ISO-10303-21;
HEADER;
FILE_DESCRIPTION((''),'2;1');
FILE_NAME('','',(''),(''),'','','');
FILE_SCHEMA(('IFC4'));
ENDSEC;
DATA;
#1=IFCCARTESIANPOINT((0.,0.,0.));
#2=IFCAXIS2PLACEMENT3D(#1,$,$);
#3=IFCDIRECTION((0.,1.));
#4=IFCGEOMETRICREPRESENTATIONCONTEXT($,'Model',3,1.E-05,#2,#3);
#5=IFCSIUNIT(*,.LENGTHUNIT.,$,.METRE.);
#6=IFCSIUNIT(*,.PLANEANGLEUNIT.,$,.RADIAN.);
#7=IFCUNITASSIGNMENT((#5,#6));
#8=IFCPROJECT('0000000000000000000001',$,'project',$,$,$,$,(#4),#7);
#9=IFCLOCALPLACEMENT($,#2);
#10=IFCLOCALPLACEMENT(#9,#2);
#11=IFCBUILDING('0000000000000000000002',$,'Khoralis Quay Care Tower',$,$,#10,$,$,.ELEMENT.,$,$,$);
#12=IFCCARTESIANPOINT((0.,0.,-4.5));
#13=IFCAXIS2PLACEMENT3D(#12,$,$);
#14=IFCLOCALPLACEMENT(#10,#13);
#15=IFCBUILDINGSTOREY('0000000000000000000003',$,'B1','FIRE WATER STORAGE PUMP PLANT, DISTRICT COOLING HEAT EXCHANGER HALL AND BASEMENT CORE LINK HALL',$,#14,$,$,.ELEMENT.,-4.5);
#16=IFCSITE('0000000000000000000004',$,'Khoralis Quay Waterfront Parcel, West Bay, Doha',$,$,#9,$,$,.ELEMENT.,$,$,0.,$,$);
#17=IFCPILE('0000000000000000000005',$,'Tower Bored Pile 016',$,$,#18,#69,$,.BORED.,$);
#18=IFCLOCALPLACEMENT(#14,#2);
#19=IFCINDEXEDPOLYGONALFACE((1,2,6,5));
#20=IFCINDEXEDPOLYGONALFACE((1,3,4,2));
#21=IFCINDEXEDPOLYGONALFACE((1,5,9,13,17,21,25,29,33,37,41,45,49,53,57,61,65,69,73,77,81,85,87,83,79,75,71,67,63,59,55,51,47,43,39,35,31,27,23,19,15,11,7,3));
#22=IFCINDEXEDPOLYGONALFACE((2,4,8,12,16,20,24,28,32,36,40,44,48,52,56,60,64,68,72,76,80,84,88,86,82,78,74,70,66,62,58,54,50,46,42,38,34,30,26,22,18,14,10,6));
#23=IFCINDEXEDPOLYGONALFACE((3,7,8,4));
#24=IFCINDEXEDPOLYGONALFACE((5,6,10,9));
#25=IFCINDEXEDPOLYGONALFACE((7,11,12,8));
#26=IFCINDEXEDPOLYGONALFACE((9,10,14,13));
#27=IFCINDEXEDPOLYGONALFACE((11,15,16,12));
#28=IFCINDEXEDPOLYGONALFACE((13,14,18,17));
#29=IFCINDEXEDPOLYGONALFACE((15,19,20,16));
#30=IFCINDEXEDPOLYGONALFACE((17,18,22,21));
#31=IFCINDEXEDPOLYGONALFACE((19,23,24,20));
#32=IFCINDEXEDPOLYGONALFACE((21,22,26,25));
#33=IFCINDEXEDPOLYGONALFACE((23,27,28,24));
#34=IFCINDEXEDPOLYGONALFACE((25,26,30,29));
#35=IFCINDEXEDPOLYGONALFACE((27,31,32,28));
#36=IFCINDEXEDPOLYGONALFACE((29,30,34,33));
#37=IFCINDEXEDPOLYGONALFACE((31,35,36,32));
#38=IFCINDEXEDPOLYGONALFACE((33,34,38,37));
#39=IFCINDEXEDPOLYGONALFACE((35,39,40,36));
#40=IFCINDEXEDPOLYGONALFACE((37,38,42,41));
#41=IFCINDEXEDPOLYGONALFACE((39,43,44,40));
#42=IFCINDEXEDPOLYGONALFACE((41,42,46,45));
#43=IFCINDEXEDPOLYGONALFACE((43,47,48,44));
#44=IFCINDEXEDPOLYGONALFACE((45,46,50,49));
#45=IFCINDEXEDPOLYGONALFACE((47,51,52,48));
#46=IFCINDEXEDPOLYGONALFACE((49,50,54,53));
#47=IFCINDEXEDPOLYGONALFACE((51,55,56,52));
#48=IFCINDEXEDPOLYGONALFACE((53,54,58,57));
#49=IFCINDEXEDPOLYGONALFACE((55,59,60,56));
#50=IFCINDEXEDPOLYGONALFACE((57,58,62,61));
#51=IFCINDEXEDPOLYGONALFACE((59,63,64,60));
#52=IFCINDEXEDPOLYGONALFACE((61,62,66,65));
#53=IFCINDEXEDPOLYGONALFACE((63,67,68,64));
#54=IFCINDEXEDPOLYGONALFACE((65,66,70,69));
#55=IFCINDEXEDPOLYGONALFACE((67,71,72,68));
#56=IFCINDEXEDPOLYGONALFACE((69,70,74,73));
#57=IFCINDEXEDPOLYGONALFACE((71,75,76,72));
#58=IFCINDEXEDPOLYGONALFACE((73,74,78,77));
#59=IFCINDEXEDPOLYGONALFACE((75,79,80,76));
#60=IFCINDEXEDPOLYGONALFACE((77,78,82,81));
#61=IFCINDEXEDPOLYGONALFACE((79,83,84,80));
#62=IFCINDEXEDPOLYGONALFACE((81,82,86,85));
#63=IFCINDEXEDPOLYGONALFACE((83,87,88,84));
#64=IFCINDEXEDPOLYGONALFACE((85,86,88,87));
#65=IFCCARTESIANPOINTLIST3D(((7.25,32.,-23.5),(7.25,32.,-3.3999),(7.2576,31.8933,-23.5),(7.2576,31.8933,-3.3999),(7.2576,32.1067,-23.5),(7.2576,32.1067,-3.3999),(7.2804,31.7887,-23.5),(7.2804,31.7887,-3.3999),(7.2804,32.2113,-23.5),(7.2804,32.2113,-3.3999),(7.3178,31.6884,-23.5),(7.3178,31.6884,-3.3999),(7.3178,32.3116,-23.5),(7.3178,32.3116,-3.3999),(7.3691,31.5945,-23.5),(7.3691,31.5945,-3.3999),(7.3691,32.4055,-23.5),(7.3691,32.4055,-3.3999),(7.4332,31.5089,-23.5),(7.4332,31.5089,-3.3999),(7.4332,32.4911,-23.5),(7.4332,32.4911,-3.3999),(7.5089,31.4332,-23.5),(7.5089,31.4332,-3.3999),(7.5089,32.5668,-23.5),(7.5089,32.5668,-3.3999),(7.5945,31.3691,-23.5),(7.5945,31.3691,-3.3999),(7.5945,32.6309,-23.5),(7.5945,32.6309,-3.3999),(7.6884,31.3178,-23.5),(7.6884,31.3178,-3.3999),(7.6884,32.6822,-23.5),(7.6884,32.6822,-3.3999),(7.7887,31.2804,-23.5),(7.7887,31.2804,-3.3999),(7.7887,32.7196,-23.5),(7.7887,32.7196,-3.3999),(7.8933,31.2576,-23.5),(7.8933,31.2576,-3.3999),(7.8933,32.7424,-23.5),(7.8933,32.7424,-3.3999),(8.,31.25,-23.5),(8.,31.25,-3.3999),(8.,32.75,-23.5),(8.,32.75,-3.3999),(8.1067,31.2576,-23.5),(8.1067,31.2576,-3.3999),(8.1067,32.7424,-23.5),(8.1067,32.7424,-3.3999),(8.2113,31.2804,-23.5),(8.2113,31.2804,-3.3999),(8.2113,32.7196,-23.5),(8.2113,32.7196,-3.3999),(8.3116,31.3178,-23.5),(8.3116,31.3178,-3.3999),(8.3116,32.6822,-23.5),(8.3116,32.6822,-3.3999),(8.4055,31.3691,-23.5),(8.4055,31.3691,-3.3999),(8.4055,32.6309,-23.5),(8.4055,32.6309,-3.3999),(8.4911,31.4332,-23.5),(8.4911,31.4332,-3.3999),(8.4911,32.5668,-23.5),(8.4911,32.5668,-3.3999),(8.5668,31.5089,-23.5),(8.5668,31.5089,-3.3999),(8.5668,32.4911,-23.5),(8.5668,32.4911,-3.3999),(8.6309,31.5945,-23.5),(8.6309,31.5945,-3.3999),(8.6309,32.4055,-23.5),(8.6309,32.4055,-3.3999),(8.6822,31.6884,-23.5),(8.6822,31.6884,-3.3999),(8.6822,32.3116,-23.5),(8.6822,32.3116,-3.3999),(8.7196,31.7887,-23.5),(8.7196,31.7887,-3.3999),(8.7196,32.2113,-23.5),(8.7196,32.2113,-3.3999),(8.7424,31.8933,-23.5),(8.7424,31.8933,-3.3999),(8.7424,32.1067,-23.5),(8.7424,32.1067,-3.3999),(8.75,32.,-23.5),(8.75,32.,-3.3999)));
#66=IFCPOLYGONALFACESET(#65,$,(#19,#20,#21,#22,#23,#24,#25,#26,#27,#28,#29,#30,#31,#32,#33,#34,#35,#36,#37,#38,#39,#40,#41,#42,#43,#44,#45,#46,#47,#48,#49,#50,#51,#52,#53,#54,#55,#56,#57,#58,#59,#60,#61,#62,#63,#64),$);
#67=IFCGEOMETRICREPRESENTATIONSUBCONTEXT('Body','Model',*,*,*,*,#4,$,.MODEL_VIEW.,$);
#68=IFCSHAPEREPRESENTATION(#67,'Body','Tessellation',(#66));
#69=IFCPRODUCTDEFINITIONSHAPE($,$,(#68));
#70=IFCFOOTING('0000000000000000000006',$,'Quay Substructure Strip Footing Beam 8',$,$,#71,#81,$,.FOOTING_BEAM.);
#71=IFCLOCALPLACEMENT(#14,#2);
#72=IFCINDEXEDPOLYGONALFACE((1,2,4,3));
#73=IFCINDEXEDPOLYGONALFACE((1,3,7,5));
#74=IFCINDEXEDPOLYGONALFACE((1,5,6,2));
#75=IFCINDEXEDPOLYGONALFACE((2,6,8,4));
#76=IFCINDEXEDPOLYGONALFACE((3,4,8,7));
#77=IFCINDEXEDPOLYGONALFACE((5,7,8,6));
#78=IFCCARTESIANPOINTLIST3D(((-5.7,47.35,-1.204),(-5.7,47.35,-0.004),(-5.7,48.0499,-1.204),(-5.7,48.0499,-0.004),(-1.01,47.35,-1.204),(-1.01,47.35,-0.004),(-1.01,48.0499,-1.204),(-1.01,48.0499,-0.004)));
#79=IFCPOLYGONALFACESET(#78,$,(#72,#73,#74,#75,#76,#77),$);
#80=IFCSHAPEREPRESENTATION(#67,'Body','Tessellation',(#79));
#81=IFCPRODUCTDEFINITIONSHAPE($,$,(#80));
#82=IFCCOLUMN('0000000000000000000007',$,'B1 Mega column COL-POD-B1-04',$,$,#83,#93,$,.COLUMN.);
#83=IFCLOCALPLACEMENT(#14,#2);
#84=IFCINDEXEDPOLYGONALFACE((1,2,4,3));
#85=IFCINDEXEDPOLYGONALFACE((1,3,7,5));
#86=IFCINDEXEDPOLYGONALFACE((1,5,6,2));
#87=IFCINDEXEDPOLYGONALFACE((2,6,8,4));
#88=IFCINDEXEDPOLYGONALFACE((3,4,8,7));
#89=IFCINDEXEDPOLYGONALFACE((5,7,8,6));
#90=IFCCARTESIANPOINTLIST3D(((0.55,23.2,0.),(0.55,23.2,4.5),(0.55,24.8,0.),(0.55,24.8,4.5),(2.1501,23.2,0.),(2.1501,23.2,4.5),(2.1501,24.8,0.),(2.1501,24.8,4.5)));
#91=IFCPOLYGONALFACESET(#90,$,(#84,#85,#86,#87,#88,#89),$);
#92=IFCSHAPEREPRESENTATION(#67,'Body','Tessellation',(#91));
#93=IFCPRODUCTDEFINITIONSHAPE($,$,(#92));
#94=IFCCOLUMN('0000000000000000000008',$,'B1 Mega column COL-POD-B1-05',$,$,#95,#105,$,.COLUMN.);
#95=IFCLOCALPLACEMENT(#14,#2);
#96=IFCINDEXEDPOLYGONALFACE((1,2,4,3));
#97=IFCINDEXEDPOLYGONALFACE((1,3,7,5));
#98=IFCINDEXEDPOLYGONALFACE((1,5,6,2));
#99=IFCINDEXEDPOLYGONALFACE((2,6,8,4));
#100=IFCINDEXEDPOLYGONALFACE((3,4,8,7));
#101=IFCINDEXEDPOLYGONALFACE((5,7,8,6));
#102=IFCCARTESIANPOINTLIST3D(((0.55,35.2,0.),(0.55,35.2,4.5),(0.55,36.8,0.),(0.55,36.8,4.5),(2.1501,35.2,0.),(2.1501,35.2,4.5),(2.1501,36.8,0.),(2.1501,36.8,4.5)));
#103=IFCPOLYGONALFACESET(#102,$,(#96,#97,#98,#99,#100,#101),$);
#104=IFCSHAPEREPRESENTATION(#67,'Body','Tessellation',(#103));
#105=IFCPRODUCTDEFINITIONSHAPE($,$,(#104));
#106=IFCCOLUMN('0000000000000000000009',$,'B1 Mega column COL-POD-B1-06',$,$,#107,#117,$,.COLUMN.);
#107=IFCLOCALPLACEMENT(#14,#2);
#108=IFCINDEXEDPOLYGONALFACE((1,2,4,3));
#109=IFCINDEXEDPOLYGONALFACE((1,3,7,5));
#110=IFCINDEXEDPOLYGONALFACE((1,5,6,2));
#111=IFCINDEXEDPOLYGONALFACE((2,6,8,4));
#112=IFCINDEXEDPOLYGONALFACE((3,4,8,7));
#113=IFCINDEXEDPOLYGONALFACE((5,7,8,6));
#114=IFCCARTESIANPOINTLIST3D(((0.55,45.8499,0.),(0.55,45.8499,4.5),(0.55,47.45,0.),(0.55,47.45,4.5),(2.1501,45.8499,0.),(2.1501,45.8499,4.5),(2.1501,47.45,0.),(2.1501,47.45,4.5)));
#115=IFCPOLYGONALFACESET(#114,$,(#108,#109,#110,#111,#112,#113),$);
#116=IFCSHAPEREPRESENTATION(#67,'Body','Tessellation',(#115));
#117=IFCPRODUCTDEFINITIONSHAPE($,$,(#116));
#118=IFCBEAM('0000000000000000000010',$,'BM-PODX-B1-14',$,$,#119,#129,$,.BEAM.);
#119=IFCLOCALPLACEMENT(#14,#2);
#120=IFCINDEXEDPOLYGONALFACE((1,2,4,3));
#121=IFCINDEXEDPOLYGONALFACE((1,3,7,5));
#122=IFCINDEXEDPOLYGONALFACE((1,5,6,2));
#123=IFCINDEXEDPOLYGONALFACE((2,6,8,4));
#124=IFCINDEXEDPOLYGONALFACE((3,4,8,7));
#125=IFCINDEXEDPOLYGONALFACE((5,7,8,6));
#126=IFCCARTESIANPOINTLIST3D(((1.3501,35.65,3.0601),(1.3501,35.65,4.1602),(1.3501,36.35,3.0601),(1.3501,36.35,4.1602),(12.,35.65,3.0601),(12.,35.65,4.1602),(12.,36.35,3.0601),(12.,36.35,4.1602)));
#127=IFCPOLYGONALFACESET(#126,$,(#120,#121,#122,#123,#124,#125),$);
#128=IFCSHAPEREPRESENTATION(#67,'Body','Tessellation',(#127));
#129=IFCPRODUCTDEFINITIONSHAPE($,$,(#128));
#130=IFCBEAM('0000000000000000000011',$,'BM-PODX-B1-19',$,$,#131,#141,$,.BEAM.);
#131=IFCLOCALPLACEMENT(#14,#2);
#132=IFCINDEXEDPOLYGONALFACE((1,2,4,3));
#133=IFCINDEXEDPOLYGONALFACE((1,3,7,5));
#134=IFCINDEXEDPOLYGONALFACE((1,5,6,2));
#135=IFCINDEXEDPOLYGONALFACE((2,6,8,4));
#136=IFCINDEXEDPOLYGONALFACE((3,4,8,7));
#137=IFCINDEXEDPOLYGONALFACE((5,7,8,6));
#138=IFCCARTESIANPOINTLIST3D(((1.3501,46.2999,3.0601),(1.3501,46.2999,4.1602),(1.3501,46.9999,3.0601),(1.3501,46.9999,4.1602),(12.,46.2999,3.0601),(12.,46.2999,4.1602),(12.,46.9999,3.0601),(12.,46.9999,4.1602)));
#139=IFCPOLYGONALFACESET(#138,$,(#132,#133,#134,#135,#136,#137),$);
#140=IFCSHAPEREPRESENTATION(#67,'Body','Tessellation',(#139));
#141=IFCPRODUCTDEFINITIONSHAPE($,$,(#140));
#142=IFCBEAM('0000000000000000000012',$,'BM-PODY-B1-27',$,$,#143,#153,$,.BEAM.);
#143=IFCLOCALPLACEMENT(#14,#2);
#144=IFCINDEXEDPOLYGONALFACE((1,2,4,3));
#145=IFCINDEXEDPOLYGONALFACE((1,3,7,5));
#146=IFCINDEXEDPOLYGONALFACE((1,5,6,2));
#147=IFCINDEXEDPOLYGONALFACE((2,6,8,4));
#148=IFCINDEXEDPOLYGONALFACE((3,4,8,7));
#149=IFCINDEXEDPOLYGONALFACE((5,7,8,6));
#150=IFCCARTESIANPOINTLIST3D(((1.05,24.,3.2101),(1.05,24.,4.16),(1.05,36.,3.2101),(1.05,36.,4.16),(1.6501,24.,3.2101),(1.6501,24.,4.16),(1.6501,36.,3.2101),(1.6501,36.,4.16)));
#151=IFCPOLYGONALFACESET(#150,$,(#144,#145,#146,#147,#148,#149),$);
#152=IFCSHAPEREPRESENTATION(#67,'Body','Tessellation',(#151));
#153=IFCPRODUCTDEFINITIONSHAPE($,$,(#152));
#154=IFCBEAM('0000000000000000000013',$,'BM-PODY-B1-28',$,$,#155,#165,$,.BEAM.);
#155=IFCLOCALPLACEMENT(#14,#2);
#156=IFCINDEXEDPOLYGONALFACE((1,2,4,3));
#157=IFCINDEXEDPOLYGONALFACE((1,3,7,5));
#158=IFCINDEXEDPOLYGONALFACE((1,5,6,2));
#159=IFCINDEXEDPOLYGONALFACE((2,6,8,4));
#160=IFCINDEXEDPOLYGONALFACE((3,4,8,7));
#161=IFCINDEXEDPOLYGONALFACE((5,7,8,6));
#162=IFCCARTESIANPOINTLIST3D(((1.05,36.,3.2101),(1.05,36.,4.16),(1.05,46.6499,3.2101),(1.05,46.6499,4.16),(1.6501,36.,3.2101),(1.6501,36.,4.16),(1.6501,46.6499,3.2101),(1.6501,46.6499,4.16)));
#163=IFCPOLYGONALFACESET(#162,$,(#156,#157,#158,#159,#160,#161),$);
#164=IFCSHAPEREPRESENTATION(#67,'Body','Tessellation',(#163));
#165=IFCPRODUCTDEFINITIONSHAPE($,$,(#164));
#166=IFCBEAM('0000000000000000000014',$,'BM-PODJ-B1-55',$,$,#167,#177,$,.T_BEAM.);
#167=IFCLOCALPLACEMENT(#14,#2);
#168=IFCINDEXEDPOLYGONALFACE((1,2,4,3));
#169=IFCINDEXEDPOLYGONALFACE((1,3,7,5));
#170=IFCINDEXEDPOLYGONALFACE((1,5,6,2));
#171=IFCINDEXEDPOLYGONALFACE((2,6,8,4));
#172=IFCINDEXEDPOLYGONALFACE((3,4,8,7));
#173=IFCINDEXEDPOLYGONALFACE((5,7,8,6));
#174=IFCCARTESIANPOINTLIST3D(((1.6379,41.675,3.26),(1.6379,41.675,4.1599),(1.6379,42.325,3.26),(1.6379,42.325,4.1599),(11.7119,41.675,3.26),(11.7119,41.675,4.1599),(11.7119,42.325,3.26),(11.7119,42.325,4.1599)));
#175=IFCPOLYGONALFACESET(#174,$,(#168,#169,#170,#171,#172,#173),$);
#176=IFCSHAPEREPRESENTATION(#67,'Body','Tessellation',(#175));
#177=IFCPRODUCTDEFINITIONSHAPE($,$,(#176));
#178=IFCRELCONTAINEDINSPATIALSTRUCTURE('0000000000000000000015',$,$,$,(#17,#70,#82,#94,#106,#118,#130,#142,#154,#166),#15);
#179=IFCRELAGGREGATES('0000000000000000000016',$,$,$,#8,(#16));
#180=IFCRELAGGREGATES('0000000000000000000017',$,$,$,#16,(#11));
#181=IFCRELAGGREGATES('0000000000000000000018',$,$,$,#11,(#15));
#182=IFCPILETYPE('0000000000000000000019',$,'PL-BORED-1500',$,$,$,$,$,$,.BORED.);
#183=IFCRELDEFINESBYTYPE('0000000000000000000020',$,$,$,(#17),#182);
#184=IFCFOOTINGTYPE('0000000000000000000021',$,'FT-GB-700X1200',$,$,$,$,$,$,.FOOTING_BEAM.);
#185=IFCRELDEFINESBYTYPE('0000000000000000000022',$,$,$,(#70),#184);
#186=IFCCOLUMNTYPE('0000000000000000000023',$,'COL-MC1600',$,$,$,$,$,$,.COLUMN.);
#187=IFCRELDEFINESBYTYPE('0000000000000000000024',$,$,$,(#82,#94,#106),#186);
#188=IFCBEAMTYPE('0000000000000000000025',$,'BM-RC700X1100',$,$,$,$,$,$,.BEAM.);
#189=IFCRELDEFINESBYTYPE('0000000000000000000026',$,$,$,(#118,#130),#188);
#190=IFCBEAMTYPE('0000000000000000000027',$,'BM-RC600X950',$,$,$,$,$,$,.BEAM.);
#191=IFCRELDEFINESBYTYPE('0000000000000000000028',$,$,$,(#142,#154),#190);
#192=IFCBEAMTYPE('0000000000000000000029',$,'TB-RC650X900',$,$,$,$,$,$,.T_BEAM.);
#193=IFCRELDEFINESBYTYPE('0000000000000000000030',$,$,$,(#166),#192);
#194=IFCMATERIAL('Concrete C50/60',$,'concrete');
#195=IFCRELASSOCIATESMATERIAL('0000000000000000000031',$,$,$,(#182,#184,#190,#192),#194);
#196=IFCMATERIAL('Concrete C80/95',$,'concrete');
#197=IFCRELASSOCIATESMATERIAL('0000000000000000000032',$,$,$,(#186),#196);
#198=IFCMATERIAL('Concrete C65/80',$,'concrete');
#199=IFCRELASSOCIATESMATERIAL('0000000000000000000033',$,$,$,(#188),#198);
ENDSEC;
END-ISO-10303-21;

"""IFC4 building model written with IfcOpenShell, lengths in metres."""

from ifc_helpers import new_model, si_unit, direction, frame, origin, origin_2d, place, context, subcontext, project, spatial, rectangle, circle, extrude, source, transform, mapped, material, material_profile, profile_set, type_object, element, save


model = new_model("IFC4")

# Units and contexts
model_context = context("Model", 3, precision=1e-05, world=origin(), true_north=direction((0.0, 1.0)))
body_context = subcontext(model_context, "Body", "Model", "MODEL_VIEW")
ifc_project = project(units=[si_unit("LENGTHUNIT", "METRE"), si_unit("PLANEANGLEUNIT", "RADIAN")], contexts=[model_context])

# Site, building, storey
site_placement = place(None, origin())
site = spatial("IfcSite", under=ifc_project, at=site_placement, Name="Khoralis Quay Waterfront Parcel, West Bay, Doha", CompositionType="ELEMENT", RefElevation=0.0)
building_placement = place(site_placement, origin())
building = spatial("IfcBuilding", under=site, at=building_placement, Name="Khoralis Quay Care Tower", CompositionType="ELEMENT")
storey_placement = place(building_placement, frame((0.0, 0.0, -4.5)))
storey = spatial("IfcBuildingStorey", under=building, at=storey_placement, Name="B1", Description="FIRE WATER STORAGE PUMP PLANT, DISTRICT COOLING HEAT EXCHANGER HALL AND BASEMENT CORE LINK HALL", CompositionType="ELEMENT", Elevation=-4.5)

# Pile
ifc_material_1 = material(Name="Concrete C50/60", Category="concrete")
ifc_material_profile_1 = material_profile(ifc_material_1, circle(Radius=0.75, at=origin_2d()), Name="Concrete C50/60")
ifc_profile_set_1 = profile_set([ifc_material_profile_1], Name="Concrete C50/60")
pile_type_1 = type_object("IfcPileType", Name="PL-BORED-1500", PredefinedType="BORED", material=ifc_profile_set_1)
shared_shape_1 = source(origin(), body_context, "Body", "SweptSolid", [
    extrude(circle(Radius=0.75, at=origin_2d()), origin(), (0.0, 0.0, 1.0), 20.1001),
])
for number, where, z_axis, x_axis, name in (
    (1, (8.0, 32.0, -3.3999), (0.0, 0.0, -1.0), (1.0, 0.0, 0.0), "Tower Bored Pile 016"),
):
    element("IfcPile", number, at=place(storey_placement, frame(where, z_axis=z_axis, x_axis=x_axis)), inside=storey, type_object=pile_type_1, Name=name, PredefinedType="BORED", context=body_context, shape_type="MappedRepresentation", body=[
        mapped(shared_shape_1, transform((0.0, 0.0, 0.0), scale=1.0)),
    ])

# Footing
ifc_material_profile_2 = material_profile(ifc_material_1, rectangle(XDim=0.7, YDim=1.2, at=origin_2d()), Name="Concrete C50/60")
ifc_profile_set_2 = profile_set([ifc_material_profile_2], Name="Concrete C50/60")
footing_type = type_object("IfcFootingType", Name="FT-GB-700X1200", PredefinedType="FOOTING_BEAM", material=ifc_profile_set_2)
shared_shape_2 = source(origin(), body_context, "Body", "SweptSolid", [
    extrude(rectangle(XDim=0.7, YDim=1.2, at=origin_2d()), origin(), (0.0, 0.0, 1.0), 4.6899),
])
footing_placement = place(storey_placement, frame((-5.7, 47.7, -0.604), z_axis=(1.0, 0.0, 0.0), x_axis=(0.0, 1.0, 0.0)))
element("IfcFooting", 2, at=footing_placement, inside=storey, type_object=footing_type, Name="Quay Substructure Strip Footing Beam 8", PredefinedType="FOOTING_BEAM", context=body_context, shape_type="MappedRepresentation", body=[
    mapped(shared_shape_2, transform((0.0, 0.0, 0.0), scale=1.0)),
])

# Columns
ifc_material_2 = material(Name="Concrete C80/95", Category="concrete")
ifc_material_profile_3 = material_profile(ifc_material_2, rectangle(XDim=1.6001, YDim=1.6001, at=origin_2d()), Name="Concrete C80/95")
ifc_profile_set_3 = profile_set([ifc_material_profile_3], Name="Concrete C80/95")
column_type = type_object("IfcColumnType", Name="COL-MC1600", PredefinedType="COLUMN", material=ifc_profile_set_3)
shared_shape_3 = source(origin(), body_context, "Body", "SweptSolid", [
    extrude(rectangle(XDim=1.6001, YDim=1.6001, at=origin_2d()), origin(), (0.0, 0.0, 1.0), 4.5),
])
for number, where, z_axis, x_axis, name in (
    (3, (1.3501, 24.0, 0.0), (0.0, 0.0, 1.0), (1.0, 0.0, 0.0), "B1 Mega column COL-POD-B1-04"),
    (4, (1.3501, 36.0, 0.0), (0.0, 0.0, 1.0), (1.0, 0.0, 0.0), "B1 Mega column COL-POD-B1-05"),
    (5, (1.3501, 46.6499, 0.0), (0.0, 0.0, 1.0), (1.0, 0.0, 0.0), "B1 Mega column COL-POD-B1-06"),
):
    element("IfcColumn", number, at=place(storey_placement, frame(where, z_axis=z_axis, x_axis=x_axis)), inside=storey, type_object=column_type, Name=name, PredefinedType="COLUMN", context=body_context, shape_type="MappedRepresentation", body=[
        mapped(shared_shape_3, transform((0.0, 0.0, 0.0), scale=1.0)),
    ])

# Beams
ifc_material_3 = material(Name="Concrete C65/80", Category="concrete")
ifc_material_profile_4 = material_profile(ifc_material_3, rectangle(XDim=0.7, YDim=1.1001, at=origin_2d()), Name="Concrete C65/80")
ifc_profile_set_4 = profile_set([ifc_material_profile_4], Name="Concrete C65/80")
beam_type_1 = type_object("IfcBeamType", Name="BM-RC700X1100", PredefinedType="BEAM", material=ifc_profile_set_4)
shared_shape_4 = source(origin(), body_context, "Body", "SweptSolid", [
    extrude(rectangle(XDim=0.7, YDim=1.1001, at=origin_2d()), origin(), (0.0, 0.0, 1.0), 10.6499),
])
for number, where, z_axis, x_axis, name in (
    (6, (1.3501, 36.0, 3.6101), (1.0, 0.0, 0.0), (0.0, 1.0, 0.0), "BM-PODX-B1-14"),
    (7, (1.3501, 46.6499, 3.6101), (1.0, 0.0, 0.0), (0.0, 1.0, 0.0), "BM-PODX-B1-19"),
):
    element("IfcBeam", number, at=place(storey_placement, frame(where, z_axis=z_axis, x_axis=x_axis)), inside=storey, type_object=beam_type_1, Name=name, PredefinedType="BEAM", context=body_context, shape_type="MappedRepresentation", body=[
        mapped(shared_shape_4, transform((0.0, 0.0, 0.0), scale=1.0)),
    ])
ifc_material_profile_5 = material_profile(ifc_material_1, rectangle(XDim=0.6001, YDim=0.95, at=origin_2d()), Name="Concrete C50/60")
ifc_profile_set_5 = profile_set([ifc_material_profile_5], Name="Concrete C50/60")
beam_type_2 = type_object("IfcBeamType", Name="BM-RC600X950", PredefinedType="BEAM", material=ifc_profile_set_5)
shared_shape_5 = source(origin(), body_context, "Body", "SweptSolid", [
    extrude(rectangle(XDim=0.6001, YDim=0.95, at=origin_2d()), origin(), (0.0, 0.0, 1.0), 12.0),
])
beam_1_placement = place(storey_placement, frame((1.3501, 24.0, 3.6851), z_axis=(0.0, 1.0, 0.0), x_axis=(-1.0, 0.0, 0.0)))
element("IfcBeam", 8, at=beam_1_placement, inside=storey, type_object=beam_type_2, Name="BM-PODY-B1-27", PredefinedType="BEAM", context=body_context, shape_type="MappedRepresentation", body=[
    mapped(shared_shape_5, transform((0.0, 0.0, 0.0), scale=1.0)),
])
shared_shape_6 = source(origin(), body_context, "Body", "SweptSolid", [
    extrude(rectangle(XDim=0.6001, YDim=0.95, at=origin_2d()), origin(), (0.0, 0.0, 1.0), 10.6499),
])
beam_2_placement = place(storey_placement, frame((1.3501, 36.0, 3.6851), z_axis=(0.0, 1.0, 0.0), x_axis=(-1.0, 0.0, 0.0)))
element("IfcBeam", 9, at=beam_2_placement, inside=storey, type_object=beam_type_2, Name="BM-PODY-B1-28", PredefinedType="BEAM", context=body_context, shape_type="MappedRepresentation", body=[
    mapped(shared_shape_6, transform((0.0, 0.0, 0.0), scale=1.0)),
])
ifc_material_profile_6 = material_profile(ifc_material_1, rectangle(XDim=0.6499, YDim=0.8999, at=origin_2d()), Name="Concrete C50/60")
ifc_profile_set_6 = profile_set([ifc_material_profile_6], Name="Concrete C50/60")
beam_type_3 = type_object("IfcBeamType", Name="TB-RC650X900", PredefinedType="T_BEAM", material=ifc_profile_set_6)
shared_shape_7 = source(origin(), body_context, "Body", "SweptSolid", [
    extrude(rectangle(XDim=0.6499, YDim=0.8999, at=origin_2d()), origin(), (0.0, 0.0, 1.0), 10.074),
])
beam_3_placement = place(storey_placement, frame((1.6379, 42.0, 3.71), z_axis=(1.0, 0.0, 0.0), x_axis=(0.0, 1.0, 0.0)))
element("IfcBeam", 10, at=beam_3_placement, inside=storey, type_object=beam_type_3, Name="BM-PODJ-B1-55", PredefinedType="T_BEAM", context=body_context, shape_type="MappedRepresentation", body=[
    mapped(shared_shape_7, transform((0.0, 0.0, 0.0), scale=1.0)),
])

save(model, "model.ifc")
